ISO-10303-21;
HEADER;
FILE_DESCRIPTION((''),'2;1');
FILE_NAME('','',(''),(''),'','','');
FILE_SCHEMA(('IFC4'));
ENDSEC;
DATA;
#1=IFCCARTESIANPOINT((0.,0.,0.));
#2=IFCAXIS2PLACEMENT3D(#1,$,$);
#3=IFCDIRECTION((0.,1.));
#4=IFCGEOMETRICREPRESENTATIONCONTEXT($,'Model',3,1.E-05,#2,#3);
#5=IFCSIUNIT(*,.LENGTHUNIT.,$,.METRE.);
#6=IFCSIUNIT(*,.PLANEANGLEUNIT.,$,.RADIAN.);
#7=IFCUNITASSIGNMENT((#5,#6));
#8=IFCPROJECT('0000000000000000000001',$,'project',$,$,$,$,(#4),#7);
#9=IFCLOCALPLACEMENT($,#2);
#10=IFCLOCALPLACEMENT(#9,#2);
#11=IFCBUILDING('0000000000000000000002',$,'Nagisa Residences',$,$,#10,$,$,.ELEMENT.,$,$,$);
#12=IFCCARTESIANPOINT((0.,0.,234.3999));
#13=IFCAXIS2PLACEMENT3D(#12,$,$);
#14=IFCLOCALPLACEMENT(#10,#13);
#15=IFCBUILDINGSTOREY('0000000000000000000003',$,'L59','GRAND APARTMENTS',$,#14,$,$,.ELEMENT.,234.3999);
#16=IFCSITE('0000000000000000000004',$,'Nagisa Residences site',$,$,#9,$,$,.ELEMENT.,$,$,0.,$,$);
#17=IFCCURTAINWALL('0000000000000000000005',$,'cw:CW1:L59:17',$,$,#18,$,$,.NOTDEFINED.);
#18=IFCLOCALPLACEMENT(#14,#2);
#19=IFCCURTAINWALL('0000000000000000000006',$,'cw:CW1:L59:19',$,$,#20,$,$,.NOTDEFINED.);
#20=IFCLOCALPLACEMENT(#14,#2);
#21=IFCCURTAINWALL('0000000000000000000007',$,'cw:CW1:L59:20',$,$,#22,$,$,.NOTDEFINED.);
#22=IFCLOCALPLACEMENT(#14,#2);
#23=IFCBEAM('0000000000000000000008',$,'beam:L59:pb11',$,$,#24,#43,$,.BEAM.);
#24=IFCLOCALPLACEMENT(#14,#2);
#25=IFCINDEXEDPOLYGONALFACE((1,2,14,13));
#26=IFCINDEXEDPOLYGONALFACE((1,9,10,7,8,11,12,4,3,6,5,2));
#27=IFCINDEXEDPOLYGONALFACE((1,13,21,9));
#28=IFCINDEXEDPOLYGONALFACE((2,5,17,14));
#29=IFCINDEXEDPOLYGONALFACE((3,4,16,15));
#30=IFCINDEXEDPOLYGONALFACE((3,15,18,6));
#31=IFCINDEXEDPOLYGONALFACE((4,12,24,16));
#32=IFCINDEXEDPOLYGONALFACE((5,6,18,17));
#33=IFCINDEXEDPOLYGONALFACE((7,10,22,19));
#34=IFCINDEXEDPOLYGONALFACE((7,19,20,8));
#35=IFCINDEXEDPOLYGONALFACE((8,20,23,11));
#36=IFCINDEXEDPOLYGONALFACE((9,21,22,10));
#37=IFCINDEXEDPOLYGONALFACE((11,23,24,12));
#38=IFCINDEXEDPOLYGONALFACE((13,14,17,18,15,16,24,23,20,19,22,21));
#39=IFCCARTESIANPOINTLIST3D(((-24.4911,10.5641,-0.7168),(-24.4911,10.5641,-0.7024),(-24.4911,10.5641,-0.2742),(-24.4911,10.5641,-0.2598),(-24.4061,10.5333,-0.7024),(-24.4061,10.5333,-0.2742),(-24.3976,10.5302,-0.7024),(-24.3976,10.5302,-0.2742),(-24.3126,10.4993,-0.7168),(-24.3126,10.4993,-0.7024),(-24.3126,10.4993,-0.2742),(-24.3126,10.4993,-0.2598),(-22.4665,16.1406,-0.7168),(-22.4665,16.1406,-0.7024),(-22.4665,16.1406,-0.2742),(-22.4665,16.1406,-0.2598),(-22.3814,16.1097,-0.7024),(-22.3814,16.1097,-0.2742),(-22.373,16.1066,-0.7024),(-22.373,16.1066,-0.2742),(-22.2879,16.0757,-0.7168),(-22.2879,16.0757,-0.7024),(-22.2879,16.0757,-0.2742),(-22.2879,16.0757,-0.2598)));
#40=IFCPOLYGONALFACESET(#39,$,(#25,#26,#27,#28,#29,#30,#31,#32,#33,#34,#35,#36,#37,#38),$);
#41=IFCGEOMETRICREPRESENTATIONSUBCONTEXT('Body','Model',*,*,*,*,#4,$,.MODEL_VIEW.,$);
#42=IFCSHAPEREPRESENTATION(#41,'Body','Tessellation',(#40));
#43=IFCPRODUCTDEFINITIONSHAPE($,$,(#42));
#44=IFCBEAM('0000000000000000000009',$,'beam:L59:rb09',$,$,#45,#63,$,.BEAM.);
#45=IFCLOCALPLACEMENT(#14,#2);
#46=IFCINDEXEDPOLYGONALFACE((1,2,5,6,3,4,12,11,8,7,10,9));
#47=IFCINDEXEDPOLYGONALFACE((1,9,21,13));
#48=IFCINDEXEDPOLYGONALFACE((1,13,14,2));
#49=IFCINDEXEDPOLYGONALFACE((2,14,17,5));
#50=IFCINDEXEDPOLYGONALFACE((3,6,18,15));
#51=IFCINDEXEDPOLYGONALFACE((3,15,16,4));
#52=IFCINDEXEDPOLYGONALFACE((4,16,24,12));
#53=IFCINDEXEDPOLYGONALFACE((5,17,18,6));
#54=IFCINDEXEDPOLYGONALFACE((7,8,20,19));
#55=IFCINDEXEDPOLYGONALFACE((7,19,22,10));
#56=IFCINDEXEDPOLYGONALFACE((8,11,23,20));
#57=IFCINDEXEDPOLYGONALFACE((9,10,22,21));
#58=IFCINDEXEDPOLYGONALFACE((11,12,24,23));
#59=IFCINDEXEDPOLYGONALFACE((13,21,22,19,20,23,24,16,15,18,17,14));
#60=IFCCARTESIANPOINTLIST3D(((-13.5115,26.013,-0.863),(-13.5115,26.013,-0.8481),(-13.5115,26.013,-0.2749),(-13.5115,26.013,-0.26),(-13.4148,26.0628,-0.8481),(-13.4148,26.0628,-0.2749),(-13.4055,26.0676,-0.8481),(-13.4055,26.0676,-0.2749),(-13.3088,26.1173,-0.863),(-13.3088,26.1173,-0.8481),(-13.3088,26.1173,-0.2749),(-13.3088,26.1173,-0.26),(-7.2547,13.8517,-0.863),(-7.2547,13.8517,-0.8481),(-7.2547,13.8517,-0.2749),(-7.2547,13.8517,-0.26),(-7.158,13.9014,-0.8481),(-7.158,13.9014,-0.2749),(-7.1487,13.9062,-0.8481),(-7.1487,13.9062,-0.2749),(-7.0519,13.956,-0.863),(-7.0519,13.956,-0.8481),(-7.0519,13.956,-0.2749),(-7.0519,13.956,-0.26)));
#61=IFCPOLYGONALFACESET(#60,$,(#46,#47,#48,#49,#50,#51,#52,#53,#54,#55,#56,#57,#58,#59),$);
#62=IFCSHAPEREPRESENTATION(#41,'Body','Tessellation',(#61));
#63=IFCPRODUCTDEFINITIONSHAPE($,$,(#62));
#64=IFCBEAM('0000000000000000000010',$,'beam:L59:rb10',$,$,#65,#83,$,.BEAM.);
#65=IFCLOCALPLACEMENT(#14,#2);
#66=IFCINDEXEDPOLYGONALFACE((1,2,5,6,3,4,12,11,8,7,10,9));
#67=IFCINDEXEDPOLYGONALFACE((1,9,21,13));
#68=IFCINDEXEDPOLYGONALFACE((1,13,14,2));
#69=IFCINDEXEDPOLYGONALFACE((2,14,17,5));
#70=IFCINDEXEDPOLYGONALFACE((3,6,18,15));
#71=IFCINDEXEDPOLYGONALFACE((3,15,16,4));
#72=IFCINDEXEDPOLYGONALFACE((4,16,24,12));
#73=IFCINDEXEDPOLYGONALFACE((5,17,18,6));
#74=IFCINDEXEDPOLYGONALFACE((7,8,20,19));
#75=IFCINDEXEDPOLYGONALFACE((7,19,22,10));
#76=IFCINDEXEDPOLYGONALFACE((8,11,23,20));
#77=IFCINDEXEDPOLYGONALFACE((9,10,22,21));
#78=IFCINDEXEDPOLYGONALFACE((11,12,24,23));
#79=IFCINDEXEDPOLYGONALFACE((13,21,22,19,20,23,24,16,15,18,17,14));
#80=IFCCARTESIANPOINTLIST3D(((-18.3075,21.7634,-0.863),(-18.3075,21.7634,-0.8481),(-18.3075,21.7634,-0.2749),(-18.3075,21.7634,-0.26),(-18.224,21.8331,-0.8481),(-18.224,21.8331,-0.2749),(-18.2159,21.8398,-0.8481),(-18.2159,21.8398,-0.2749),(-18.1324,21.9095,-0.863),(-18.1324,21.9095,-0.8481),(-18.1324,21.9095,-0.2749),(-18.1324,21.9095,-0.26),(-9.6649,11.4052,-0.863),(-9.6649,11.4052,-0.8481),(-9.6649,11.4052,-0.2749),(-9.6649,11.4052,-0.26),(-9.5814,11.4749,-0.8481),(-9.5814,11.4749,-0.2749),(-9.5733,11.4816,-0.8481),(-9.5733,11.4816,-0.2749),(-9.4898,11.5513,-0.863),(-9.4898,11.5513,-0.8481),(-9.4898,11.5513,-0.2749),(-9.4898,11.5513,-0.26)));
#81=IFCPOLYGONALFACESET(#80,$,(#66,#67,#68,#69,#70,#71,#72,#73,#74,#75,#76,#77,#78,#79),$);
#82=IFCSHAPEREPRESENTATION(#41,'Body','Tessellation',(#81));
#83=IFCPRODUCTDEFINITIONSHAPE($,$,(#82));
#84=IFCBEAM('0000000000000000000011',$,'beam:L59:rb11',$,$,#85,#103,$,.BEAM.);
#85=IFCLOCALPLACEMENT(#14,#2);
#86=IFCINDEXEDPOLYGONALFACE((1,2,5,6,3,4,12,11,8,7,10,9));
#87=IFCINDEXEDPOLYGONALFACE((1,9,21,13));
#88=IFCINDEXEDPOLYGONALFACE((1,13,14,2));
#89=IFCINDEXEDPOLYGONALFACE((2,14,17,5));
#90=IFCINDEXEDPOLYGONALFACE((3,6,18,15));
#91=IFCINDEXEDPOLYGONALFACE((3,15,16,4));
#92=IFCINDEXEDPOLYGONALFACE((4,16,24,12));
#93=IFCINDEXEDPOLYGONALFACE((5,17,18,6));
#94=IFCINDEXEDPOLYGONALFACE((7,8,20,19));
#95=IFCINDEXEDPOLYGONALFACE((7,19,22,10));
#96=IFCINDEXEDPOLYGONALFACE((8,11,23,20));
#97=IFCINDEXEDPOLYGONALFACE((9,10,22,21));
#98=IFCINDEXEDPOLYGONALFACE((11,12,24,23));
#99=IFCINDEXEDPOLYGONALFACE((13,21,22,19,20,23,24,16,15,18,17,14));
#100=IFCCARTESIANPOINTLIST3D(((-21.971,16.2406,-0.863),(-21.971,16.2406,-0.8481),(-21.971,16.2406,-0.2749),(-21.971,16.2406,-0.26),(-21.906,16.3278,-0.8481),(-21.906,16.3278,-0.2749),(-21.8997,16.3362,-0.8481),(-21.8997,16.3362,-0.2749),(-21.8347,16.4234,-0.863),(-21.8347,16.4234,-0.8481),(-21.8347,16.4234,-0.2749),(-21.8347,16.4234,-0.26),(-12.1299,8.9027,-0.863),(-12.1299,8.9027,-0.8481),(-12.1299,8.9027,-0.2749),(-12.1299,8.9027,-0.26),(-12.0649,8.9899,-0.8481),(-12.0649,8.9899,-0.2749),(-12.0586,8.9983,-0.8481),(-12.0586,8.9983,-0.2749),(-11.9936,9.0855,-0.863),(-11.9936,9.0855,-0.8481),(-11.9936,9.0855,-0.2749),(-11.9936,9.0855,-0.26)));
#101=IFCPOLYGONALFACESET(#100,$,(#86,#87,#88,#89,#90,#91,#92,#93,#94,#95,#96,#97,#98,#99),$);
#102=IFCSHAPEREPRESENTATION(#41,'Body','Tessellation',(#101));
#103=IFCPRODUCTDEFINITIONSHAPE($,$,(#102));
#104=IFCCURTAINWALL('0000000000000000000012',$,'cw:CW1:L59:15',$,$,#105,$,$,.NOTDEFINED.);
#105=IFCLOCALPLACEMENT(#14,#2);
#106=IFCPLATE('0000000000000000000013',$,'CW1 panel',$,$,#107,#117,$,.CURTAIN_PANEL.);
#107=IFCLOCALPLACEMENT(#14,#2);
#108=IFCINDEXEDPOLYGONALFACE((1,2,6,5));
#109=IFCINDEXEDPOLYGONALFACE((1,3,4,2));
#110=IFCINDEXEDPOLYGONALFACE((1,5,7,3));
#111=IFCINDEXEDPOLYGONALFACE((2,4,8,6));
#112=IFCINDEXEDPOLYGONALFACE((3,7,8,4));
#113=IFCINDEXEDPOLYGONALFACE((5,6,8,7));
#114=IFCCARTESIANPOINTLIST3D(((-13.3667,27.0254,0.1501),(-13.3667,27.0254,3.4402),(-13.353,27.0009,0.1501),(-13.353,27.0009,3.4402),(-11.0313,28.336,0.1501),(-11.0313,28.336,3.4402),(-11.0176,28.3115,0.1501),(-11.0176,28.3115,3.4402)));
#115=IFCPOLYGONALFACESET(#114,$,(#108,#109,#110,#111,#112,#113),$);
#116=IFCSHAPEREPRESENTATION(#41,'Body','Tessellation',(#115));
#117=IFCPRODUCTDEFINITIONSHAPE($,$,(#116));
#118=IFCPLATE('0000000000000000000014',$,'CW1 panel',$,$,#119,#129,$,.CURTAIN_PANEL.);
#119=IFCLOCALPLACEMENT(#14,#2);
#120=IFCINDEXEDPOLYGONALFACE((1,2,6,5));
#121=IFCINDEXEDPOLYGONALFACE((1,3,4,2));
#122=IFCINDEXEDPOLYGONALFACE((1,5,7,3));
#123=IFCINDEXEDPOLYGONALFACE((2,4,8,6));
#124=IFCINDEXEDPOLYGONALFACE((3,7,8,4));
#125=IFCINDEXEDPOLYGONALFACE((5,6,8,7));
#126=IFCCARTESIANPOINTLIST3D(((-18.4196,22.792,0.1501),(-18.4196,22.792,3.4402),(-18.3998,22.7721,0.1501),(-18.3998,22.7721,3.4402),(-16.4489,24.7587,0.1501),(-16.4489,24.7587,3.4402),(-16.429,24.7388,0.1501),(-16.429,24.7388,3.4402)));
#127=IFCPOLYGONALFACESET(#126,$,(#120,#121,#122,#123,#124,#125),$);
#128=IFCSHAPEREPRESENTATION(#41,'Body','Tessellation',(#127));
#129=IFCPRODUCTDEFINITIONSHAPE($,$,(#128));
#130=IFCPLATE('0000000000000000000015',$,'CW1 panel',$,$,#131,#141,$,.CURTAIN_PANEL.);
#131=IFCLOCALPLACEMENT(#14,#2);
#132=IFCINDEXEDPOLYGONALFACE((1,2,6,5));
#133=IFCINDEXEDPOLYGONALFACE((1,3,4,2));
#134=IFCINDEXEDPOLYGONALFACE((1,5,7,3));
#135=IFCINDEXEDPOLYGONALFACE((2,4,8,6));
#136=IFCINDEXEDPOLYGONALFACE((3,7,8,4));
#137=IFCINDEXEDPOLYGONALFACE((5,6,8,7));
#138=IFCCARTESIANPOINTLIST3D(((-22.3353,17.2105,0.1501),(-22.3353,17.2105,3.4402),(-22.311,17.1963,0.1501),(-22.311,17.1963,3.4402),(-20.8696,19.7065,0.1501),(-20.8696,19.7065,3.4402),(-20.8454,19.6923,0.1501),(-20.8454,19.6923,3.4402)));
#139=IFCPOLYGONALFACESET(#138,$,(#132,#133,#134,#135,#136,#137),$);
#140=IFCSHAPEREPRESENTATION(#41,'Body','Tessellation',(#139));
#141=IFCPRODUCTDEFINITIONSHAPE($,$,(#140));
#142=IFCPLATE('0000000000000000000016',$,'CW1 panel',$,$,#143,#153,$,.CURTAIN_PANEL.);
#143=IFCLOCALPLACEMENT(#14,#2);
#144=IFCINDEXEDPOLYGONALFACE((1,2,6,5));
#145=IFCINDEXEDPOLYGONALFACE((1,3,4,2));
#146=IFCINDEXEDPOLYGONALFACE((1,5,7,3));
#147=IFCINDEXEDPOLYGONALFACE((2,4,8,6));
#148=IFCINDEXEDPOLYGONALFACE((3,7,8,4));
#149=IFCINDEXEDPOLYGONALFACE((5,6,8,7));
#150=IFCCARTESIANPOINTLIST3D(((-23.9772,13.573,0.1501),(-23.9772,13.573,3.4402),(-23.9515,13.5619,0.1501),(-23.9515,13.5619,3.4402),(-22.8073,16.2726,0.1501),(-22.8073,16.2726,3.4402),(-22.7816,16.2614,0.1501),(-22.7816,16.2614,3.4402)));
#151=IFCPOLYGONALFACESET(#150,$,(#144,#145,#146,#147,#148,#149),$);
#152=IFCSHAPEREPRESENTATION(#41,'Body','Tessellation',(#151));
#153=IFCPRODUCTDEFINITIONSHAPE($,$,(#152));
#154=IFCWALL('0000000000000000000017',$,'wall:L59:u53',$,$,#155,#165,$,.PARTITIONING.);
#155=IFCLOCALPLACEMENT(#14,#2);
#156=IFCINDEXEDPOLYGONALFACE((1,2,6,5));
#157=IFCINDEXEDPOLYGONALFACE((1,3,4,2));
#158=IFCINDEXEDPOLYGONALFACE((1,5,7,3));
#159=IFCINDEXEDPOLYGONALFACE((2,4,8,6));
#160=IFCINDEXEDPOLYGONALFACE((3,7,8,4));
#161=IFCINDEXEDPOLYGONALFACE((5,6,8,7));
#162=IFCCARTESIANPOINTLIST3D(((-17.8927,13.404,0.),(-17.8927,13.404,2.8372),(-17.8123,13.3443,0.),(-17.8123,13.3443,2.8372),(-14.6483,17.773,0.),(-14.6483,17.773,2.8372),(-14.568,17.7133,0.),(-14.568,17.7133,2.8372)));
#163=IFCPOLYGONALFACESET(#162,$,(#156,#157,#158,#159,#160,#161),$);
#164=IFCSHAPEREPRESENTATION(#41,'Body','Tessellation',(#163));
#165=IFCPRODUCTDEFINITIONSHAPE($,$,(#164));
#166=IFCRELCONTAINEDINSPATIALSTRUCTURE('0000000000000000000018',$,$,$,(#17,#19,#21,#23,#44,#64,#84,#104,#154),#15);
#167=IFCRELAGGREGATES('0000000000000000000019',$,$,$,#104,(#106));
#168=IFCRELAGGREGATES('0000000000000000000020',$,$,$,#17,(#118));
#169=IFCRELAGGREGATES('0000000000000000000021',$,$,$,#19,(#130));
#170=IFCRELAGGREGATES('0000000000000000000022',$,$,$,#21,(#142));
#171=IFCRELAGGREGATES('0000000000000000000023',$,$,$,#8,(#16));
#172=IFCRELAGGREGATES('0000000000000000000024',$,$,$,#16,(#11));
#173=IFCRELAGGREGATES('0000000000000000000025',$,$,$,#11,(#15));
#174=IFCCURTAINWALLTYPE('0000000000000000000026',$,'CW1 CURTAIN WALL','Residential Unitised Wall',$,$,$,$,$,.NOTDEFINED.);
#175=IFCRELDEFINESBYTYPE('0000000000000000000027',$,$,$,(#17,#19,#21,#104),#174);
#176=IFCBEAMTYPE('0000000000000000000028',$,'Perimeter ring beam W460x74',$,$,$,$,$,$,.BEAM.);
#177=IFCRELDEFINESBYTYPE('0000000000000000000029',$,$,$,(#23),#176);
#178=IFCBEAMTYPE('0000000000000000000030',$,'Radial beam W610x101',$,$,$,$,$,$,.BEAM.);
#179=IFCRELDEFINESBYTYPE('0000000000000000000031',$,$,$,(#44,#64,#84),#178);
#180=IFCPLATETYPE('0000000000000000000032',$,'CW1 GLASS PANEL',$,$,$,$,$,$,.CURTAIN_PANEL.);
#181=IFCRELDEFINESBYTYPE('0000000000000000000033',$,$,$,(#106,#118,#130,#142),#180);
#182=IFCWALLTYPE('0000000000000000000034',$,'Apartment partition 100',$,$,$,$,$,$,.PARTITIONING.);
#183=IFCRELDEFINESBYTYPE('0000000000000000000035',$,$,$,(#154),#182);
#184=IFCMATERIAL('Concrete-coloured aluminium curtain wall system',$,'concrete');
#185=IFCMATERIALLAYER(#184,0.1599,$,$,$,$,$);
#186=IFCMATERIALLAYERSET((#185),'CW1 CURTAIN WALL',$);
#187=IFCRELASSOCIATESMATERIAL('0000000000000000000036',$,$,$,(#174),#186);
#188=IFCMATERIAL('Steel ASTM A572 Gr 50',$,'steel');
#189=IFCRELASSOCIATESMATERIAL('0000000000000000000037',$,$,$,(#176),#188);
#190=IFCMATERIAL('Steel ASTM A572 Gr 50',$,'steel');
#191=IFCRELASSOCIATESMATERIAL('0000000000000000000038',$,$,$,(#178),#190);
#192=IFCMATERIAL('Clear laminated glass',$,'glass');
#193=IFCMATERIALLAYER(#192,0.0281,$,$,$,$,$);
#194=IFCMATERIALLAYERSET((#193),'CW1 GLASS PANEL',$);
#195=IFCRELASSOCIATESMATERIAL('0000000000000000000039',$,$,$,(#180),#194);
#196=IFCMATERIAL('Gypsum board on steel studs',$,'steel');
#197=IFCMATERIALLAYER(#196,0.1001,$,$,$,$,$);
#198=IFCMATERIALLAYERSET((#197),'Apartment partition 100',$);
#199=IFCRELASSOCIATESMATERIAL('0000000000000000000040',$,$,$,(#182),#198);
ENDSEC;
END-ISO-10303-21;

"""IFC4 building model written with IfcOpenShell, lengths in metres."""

from ifc_helpers import new_model, si_unit, direction, frame, frame_2d, origin, origin_2d, place, context, subcontext, project, spatial, rectangle, i_section, extrude, material, layer, layer_set, material_profile, profile_set, type_object, element, aggregate, save


model = new_model("IFC4")

# Units and contexts
model_context = context("Model", 3, precision=1e-05, world=origin(), true_north=direction((0.0, 1.0)))
body_context = subcontext(model_context, "Body", "Model", "MODEL_VIEW")
ifc_project = project(units=[si_unit("LENGTHUNIT", "METRE"), si_unit("PLANEANGLEUNIT", "RADIAN")], contexts=[model_context])

# Site, building, storey
site_placement = place(None, origin())
site = spatial("IfcSite", under=ifc_project, at=site_placement, Name="Nagisa Residences site", CompositionType="ELEMENT", RefElevation=0.0)
building_placement = place(site_placement, origin())
building = spatial("IfcBuilding", under=site, at=building_placement, Name="Nagisa Residences", CompositionType="ELEMENT")
storey_placement = place(building_placement, frame((0.0, 0.0, 234.3999)))
storey = spatial("IfcBuildingStorey", under=building, at=storey_placement, Name="L59", Description="GRAND APARTMENTS", CompositionType="ELEMENT", Elevation=234.3999)

# Curtain walls
ifc_material_1 = material(Name="Concrete-coloured aluminium curtain wall system", Category="concrete")
ifc_layer_1 = layer(ifc_material_1, 0.1599)
ifc_layer_set_1 = layer_set([ifc_layer_1], Name="CW1 CURTAIN WALL")
curtain_wall_type = type_object("IfcCurtainWallType", Name="CW1 CURTAIN WALL", Description="Residential Unitised Wall", PredefinedType="NOTDEFINED", material=ifc_layer_set_1)
curtain_wall_1_placement = place(storey_placement, origin())
curtain_wall_1 = element("IfcCurtainWall", 1, at=curtain_wall_1_placement, inside=storey, type_object=curtain_wall_type, Name="cw:CW1:L59:17", PredefinedType="NOTDEFINED")
curtain_wall_2_placement = place(storey_placement, origin())
curtain_wall_2 = element("IfcCurtainWall", 2, at=curtain_wall_2_placement, inside=storey, type_object=curtain_wall_type, Name="cw:CW1:L59:19", PredefinedType="NOTDEFINED")
curtain_wall_3_placement = place(storey_placement, origin())
curtain_wall_3 = element("IfcCurtainWall", 3, at=curtain_wall_3_placement, inside=storey, type_object=curtain_wall_type, Name="cw:CW1:L59:20", PredefinedType="NOTDEFINED")

# Beams
ifc_material_2 = material(Name="Steel ASTM A572 Gr 50", Category="steel")
ifc_material_profile_1 = material_profile(ifc_material_2, i_section(OverallWidth=0.1899, OverallDepth=0.457, WebThickness=0.009, FlangeThickness=0.0144, at=origin_2d()), Name="W460x74")
ifc_profile_set_1 = profile_set([ifc_material_profile_1], Name="Steel ASTM A572 Gr 50")
beam_type_1 = type_object("IfcBeamType", Name="Perimeter ring beam W460x74", PredefinedType="BEAM", material=ifc_profile_set_1)
beam_1_placement = place(storey_placement, frame((-22.3772, 16.1082, -0.4883), z_axis=(-0.341277, -0.939963, 0.0), x_axis=(0.939963, -0.341277, 0.0)))
element("IfcBeam", 4, at=beam_1_placement, inside=storey, type_object=beam_type_1, Name="beam:L59:pb11", PredefinedType="BEAM", context=body_context, shape_type="SweptSolid", body=[
    extrude(i_section(OverallWidth=0.1899, OverallDepth=0.457, WebThickness=0.009, FlangeThickness=0.0144, at=origin_2d()), origin(), (0.0, 0.0, 1.0), 5.9326),
])
ifc_material_3 = material(Name="Steel ASTM A572 Gr 50", Category="steel")
ifc_material_profile_2 = material_profile(ifc_material_3, i_section(OverallWidth=0.228, OverallDepth=0.603, WebThickness=0.0105, FlangeThickness=0.0149, at=origin_2d()), Name="W610x101")
ifc_profile_set_2 = profile_set([ifc_material_profile_2], Name="Steel ASTM A572 Gr 50")
beam_type_2 = type_object("IfcBeamType", Name="Radial beam W610x101", PredefinedType="BEAM", material=ifc_profile_set_2)
beam_2_placement = place(storey_placement, frame((-13.4102, 26.0652, -0.5615), z_axis=(0.457488, -0.889216, 0.0), x_axis=(0.889216, 0.457488, 0.0)))
element("IfcBeam", 5, at=beam_2_placement, inside=storey, type_object=beam_type_2, Name="beam:L59:rb09", PredefinedType="BEAM", context=body_context, shape_type="SweptSolid", body=[
    extrude(i_section(OverallWidth=0.228, OverallDepth=0.603, WebThickness=0.0105, FlangeThickness=0.0149, at=origin_2d()), origin(), (0.0, 0.0, 1.0), 13.6765),
])
beam_3_placement = place(storey_placement, frame((-18.22, 21.8364, -0.5615), z_axis=(0.640656, -0.767828, 0.0), x_axis=(0.767828, 0.640656, 0.0)))
element("IfcBeam", 6, at=beam_3_placement, inside=storey, type_object=beam_type_2, Name="beam:L59:rb10", PredefinedType="BEAM", context=body_context, shape_type="SweptSolid", body=[
    extrude(i_section(OverallWidth=0.228, OverallDepth=0.603, WebThickness=0.0105, FlangeThickness=0.0149, at=origin_2d()), origin(), (0.0, 0.0, 1.0), 13.4902),
])
beam_4_placement = place(storey_placement, frame((-21.9028, 16.332, -0.5615), z_axis=(0.801675, -0.597761, 0.0), x_axis=(0.597761, 0.801675, 0.0)))
element("IfcBeam", 7, at=beam_4_placement, inside=storey, type_object=beam_type_2, Name="beam:L59:rb11", PredefinedType="BEAM", context=body_context, shape_type="SweptSolid", body=[
    extrude(i_section(OverallWidth=0.228, OverallDepth=0.603, WebThickness=0.0105, FlangeThickness=0.0149, at=origin_2d()), origin(), (0.0, 0.0, 1.0), 12.2756),
])

# Curtain wall, plate
curtain_wall_4_placement = place(storey_placement, origin())
curtain_wall_4 = element("IfcCurtainWall", 8, at=curtain_wall_4_placement, inside=storey, type_object=curtain_wall_type, Name="cw:CW1:L59:15", PredefinedType="NOTDEFINED")
ifc_material_4 = material(Name="Clear laminated glass", Category="glass")
ifc_layer_2 = layer(ifc_material_4, 0.0281)
ifc_layer_set_2 = layer_set([ifc_layer_2], Name="CW1 GLASS PANEL")
plate_type = type_object("IfcPlateType", Name="CW1 GLASS PANEL", PredefinedType="CURTAIN_PANEL", material=ifc_layer_set_2)
plate_1_placement = place(storey_placement, frame((-12.1921, 27.6685, 0.1501), z_axis=(0.0, 0.0, 1.0), x_axis=(-0.872072, -0.489377, 0.0)))
plate_1 = element("IfcPlate", 9, at=plate_1_placement, type_object=plate_type, Name="CW1 panel", PredefinedType="CURTAIN_PANEL", context=body_context, shape_type="SweptSolid", body=[
    extrude(rectangle(XDim=2.678, YDim=0.0281, at=origin_2d()), origin(), (0.0, 0.0, 1.0), 3.29),
])
aggregate(curtain_wall_4, [plate_1])

# Plates
plate_2_placement = place(storey_placement, frame((-17.4243, 23.7654, 0.1501), z_axis=(0.0, 0.0, 1.0), x_axis=(-0.707836, -0.706377, 0.0)))
plate_2 = element("IfcPlate", 10, at=plate_2_placement, type_object=plate_type, Name="CW1 panel", PredefinedType="CURTAIN_PANEL", context=body_context, shape_type="SweptSolid", body=[
    extrude(rectangle(XDim=2.7842, YDim=0.0281, at=origin_2d()), origin(), (0.0, 0.0, 1.0), 3.29),
])
aggregate(curtain_wall_1, [plate_2])
plate_3_placement = place(storey_placement, frame((-21.5903, 18.4514, 0.1501), z_axis=(0.0, 0.0, 1.0), x_axis=(-0.506349, -0.862329, 0.0)))
plate_3 = element("IfcPlate", 11, at=plate_3_placement, type_object=plate_type, Name="CW1 panel", PredefinedType="CURTAIN_PANEL", context=body_context, shape_type="SweptSolid", body=[
    extrude(rectangle(XDim=2.8945, YDim=0.0281, at=origin_2d()), origin(), (0.0, 0.0, 1.0), 3.29),
])
aggregate(curtain_wall_2, [plate_3])
plate_4_placement = place(storey_placement, frame((-23.3794, 14.9172, 0.1501), z_axis=(0.0, 0.0, 1.0), x_axis=(-0.397636, -0.917543, 0.0)))
plate_4 = element("IfcPlate", 12, at=plate_4_placement, type_object=plate_type, Name="CW1 panel", PredefinedType="CURTAIN_PANEL", context=body_context, shape_type="SweptSolid", body=[
    extrude(rectangle(XDim=2.9421, YDim=0.0281, at=origin_2d()), origin(), (0.0, 0.0, 1.0), 3.29),
])
aggregate(curtain_wall_3, [plate_4])

# Wall
ifc_material_5 = material(Name="Gypsum board on steel studs", Category="steel")
ifc_layer_3 = layer(ifc_material_5, 0.1001)
ifc_layer_set_3 = layer_set([ifc_layer_3], Name="Apartment partition 100")
wall_type_1 = type_object("IfcWallType", Name="Apartment partition 100", PredefinedType="PARTITIONING", material=ifc_layer_set_3)
wall_1_placement = place(storey_placement, frame((-14.6082, 17.7432, 0.0), z_axis=(0.0, 0.0, 1.0), x_axis=(-0.596174, -0.802855, 0.0)))
element("IfcWall", 13, at=wall_1_placement, inside=storey, type_object=wall_type_1, Name="wall:L59:u53", PredefinedType="PARTITIONING", context=body_context, shape_type="SweptSolid", body=[
    extrude(rectangle(XDim=5.4419, YDim=0.1001, at=frame_2d((2.7209, 0.0))), origin(), (0.0, 0.0, 1.0), 2.8372),
])

save(model, "model.ifc")
